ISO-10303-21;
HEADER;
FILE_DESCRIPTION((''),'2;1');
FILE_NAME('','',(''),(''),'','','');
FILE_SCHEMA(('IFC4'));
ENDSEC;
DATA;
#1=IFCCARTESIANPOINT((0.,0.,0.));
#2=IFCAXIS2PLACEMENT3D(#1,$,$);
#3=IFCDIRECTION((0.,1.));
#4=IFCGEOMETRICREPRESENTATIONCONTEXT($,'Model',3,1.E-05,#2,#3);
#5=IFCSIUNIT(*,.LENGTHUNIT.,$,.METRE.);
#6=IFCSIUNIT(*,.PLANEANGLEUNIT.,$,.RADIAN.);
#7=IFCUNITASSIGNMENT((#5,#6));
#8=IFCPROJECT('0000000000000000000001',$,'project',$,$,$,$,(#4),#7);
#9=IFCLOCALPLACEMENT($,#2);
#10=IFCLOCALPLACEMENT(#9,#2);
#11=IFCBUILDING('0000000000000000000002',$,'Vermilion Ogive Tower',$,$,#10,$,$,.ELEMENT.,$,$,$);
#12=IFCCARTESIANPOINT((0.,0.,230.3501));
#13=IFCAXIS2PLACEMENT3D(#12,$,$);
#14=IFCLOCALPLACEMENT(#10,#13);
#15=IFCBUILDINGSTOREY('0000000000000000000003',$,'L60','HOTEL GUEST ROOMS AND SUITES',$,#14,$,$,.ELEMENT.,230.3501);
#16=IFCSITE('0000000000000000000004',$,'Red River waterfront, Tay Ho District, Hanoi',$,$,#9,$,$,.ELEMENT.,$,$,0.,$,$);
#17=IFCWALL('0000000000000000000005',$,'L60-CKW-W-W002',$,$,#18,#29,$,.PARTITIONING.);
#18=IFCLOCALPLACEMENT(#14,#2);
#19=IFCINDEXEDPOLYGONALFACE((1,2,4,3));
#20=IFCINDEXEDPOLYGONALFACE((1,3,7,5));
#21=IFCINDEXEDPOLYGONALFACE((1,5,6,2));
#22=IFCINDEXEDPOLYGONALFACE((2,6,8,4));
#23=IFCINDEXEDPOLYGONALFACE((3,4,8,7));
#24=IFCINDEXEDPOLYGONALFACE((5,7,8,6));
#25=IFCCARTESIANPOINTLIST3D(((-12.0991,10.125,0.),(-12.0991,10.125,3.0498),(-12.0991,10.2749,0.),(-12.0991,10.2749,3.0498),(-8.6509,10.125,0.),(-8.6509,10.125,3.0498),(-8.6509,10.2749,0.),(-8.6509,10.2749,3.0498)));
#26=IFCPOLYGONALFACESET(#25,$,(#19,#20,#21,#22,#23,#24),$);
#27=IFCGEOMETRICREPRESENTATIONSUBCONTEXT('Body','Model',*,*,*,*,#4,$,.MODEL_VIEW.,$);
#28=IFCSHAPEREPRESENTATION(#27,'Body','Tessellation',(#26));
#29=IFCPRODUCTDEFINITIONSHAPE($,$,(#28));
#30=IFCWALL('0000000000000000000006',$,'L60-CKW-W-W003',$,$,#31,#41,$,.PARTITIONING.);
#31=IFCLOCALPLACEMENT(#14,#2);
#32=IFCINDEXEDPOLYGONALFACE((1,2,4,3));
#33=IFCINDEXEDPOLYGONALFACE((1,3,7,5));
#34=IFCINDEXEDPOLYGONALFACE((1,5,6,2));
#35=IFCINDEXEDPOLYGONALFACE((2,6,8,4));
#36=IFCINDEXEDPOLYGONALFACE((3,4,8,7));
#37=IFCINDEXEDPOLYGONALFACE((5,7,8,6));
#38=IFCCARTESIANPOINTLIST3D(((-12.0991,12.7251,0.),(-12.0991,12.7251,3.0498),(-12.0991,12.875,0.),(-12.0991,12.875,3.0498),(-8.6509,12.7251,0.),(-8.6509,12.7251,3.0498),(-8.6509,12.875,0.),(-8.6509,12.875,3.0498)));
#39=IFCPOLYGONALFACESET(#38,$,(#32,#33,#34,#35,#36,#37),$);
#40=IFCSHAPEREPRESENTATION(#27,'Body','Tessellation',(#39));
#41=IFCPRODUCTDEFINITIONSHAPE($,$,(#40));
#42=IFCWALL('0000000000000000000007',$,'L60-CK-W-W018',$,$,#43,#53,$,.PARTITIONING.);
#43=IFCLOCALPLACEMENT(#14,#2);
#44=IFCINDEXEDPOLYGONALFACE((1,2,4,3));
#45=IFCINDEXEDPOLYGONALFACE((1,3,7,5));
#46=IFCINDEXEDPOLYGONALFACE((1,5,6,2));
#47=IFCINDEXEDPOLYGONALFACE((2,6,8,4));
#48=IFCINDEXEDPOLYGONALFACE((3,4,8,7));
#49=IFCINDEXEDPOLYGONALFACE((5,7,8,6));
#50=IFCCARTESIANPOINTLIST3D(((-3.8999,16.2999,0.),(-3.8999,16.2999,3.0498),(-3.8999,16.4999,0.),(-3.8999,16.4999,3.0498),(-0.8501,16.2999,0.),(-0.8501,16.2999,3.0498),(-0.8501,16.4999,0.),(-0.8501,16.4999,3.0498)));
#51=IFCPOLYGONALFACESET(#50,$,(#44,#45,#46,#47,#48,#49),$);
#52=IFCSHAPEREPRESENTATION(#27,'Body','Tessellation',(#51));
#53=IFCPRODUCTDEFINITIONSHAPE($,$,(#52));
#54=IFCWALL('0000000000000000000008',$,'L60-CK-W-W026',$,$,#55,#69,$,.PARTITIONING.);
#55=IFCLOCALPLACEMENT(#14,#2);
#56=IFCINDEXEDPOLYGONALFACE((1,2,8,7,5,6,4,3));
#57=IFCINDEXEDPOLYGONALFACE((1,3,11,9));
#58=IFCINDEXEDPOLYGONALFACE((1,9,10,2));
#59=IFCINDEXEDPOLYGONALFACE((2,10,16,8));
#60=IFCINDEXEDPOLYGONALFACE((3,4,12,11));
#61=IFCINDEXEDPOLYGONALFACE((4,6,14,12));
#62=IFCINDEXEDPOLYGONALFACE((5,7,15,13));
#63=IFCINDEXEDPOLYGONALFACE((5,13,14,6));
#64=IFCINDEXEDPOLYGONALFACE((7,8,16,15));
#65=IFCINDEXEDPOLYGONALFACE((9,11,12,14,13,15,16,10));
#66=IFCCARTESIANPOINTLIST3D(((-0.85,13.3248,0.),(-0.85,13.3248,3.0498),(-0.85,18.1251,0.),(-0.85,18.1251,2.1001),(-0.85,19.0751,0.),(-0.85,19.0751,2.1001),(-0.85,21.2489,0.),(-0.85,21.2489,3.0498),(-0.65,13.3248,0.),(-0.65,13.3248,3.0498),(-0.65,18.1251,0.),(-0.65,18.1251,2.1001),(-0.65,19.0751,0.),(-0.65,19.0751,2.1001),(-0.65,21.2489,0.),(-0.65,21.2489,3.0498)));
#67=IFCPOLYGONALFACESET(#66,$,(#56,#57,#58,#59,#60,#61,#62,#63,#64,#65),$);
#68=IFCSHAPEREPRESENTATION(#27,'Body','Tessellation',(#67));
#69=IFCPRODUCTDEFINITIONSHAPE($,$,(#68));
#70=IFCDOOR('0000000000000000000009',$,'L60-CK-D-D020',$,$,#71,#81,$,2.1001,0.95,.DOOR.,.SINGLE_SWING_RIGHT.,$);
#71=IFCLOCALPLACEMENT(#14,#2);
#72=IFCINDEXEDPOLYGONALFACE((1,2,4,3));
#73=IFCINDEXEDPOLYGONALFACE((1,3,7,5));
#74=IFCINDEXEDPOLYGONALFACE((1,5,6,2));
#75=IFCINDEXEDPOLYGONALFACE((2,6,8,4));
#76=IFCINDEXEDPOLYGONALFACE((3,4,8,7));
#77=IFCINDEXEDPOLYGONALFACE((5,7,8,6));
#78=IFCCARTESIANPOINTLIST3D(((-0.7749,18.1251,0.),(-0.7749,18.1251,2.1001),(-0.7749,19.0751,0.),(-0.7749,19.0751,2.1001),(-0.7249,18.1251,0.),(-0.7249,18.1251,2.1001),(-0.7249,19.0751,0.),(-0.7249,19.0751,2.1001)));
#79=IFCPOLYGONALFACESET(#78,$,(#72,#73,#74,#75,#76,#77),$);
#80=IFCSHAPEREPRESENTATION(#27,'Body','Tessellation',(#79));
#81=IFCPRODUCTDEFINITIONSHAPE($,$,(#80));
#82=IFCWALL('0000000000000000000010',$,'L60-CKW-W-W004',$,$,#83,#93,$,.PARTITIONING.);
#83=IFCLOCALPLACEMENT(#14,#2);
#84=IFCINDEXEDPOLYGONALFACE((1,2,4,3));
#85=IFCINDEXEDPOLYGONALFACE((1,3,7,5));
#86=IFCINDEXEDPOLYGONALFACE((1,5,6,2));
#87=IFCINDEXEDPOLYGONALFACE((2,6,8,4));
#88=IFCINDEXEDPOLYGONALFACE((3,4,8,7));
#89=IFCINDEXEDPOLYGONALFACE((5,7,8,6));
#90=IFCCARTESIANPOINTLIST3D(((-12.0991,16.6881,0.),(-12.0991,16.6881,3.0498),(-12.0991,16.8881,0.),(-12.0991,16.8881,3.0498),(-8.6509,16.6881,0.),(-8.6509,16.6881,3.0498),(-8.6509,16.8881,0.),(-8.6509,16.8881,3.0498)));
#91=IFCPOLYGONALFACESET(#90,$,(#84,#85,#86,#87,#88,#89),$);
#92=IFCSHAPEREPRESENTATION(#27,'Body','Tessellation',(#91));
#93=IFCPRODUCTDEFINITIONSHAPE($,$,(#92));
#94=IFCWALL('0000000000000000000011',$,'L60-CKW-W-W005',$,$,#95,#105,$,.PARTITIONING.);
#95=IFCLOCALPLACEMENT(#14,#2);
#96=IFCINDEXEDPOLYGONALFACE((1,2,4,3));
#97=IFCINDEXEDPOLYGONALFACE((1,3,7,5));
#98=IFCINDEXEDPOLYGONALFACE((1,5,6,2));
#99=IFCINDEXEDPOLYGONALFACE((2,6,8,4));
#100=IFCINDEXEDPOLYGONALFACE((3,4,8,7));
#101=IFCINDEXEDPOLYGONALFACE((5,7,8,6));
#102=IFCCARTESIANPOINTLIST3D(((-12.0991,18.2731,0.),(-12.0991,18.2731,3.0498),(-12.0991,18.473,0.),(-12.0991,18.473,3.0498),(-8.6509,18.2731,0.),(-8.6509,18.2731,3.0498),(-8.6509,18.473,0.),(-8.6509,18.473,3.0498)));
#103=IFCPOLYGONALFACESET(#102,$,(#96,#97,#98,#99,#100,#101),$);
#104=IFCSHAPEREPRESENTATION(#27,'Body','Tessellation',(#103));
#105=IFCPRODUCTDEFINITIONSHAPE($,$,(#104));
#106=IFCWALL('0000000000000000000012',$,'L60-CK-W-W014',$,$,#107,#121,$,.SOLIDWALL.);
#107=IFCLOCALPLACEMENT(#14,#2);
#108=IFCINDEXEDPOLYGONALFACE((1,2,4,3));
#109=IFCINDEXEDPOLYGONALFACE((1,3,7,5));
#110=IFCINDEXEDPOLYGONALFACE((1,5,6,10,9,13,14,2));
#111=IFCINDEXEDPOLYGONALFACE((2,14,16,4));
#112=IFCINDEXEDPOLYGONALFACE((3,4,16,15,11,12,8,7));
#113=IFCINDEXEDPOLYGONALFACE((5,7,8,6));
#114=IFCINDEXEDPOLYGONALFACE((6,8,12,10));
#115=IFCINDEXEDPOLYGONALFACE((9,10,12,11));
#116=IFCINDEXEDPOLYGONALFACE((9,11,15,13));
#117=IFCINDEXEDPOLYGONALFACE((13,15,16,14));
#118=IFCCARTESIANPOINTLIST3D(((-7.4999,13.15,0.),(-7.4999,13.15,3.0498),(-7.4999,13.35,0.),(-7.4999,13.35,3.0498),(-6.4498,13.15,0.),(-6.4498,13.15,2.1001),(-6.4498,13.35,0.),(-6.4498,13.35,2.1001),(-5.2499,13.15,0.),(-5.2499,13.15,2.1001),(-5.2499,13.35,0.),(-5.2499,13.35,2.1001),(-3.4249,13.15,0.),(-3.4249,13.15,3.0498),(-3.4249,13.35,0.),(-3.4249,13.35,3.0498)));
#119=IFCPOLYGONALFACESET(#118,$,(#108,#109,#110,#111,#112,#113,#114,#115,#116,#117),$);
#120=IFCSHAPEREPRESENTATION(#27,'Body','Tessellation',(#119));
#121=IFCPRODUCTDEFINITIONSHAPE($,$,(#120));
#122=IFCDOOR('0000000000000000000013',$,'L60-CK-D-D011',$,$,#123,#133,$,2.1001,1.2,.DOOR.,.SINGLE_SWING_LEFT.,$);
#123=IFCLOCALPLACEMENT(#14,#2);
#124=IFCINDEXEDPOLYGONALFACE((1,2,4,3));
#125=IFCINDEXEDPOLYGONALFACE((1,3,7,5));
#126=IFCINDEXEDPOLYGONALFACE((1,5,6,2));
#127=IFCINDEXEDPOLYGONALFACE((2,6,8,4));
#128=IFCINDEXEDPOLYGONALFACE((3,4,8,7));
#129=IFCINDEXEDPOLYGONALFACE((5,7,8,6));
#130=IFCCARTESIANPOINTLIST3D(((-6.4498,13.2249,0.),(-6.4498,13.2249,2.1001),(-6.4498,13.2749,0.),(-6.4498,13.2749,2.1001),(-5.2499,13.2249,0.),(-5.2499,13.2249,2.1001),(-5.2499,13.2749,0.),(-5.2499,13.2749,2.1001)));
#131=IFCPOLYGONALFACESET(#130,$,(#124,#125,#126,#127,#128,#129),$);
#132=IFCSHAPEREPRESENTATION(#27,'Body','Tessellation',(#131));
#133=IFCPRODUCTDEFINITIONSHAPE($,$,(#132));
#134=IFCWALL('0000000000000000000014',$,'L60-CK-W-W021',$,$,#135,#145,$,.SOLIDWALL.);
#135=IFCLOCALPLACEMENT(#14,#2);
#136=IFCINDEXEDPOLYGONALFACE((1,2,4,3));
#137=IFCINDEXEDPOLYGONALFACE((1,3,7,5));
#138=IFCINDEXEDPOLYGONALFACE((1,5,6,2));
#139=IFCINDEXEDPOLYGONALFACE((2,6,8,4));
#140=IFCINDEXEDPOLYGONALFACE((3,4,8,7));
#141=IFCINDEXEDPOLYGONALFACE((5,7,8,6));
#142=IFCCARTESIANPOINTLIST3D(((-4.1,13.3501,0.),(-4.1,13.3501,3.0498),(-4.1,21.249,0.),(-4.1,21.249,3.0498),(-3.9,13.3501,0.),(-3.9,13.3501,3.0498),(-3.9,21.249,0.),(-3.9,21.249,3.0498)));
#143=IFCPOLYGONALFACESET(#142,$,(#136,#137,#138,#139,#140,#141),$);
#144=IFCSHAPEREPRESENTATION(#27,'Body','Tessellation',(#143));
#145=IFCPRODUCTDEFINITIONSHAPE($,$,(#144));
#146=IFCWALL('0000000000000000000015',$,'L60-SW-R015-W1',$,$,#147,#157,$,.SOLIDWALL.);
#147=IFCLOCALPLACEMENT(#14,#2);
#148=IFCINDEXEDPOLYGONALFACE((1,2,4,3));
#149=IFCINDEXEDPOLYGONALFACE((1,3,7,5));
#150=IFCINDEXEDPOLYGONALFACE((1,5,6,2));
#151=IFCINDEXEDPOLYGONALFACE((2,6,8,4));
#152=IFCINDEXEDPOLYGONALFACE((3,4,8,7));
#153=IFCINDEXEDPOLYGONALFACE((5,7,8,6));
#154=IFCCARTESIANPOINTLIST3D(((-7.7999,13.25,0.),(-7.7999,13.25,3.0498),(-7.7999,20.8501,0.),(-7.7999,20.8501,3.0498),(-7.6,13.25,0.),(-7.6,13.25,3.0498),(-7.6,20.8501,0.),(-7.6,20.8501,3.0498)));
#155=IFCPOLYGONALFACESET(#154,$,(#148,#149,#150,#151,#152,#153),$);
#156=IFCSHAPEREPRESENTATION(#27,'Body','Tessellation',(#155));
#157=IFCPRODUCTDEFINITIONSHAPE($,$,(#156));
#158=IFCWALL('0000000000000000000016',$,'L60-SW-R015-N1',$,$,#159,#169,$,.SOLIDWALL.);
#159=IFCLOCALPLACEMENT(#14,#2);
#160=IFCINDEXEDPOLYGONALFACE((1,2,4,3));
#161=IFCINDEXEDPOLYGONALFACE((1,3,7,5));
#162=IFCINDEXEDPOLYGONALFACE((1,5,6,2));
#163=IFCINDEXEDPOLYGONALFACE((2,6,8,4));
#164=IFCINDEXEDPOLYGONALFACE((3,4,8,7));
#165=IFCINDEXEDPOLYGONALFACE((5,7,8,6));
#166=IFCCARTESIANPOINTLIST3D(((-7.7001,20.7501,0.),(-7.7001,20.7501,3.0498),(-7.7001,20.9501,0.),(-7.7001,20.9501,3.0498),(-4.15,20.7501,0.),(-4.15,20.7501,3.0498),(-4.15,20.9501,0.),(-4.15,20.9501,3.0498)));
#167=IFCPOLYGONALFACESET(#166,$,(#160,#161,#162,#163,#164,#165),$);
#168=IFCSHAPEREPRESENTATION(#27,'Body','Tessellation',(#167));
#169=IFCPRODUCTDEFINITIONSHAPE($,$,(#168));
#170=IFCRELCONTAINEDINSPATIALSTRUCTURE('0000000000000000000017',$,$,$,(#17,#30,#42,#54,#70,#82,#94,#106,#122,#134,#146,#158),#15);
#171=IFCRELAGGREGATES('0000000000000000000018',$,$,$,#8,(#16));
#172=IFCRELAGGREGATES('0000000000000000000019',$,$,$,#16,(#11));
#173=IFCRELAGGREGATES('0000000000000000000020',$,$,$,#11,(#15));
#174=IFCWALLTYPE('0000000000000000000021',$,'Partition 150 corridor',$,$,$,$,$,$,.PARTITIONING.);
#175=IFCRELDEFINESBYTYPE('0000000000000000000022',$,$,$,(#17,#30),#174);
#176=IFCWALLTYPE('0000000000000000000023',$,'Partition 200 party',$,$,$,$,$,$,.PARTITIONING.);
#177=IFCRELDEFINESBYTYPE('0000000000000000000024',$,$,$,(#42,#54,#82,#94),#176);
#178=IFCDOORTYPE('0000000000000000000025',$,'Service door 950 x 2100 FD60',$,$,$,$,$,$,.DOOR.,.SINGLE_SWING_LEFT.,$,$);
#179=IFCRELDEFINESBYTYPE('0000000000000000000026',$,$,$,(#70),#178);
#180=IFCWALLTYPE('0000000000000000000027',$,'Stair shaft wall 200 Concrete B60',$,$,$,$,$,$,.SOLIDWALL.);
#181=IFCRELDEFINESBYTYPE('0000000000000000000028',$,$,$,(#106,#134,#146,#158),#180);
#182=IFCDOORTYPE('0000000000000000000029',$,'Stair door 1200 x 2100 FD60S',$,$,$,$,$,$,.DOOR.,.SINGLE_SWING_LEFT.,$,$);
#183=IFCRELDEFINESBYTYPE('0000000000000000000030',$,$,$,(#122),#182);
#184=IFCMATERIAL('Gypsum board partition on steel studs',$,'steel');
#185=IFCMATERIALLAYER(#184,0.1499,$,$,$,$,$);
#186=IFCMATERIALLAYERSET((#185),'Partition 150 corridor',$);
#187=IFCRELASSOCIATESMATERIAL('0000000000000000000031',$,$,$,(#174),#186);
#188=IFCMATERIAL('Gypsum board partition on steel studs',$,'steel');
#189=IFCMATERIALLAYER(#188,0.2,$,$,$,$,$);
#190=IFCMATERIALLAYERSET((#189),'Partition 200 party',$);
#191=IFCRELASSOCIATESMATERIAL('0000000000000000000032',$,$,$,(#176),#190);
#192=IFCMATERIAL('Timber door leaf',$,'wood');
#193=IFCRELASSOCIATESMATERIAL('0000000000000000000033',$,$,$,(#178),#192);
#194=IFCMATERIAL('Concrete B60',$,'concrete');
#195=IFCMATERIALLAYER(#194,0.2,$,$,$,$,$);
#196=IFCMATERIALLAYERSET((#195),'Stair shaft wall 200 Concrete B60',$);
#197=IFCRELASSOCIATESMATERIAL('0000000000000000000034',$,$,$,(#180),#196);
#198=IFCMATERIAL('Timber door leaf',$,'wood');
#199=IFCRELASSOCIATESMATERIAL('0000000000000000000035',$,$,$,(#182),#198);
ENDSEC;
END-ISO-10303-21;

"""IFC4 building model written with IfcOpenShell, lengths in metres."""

from ifc_helpers import new_model, si_unit, direction, frame, frame_2d, origin, place, context, subcontext, project, spatial, rectangle, extrude, material, layer, layer_set, type_object, element, fill, save


model = new_model("IFC4")

# Units and contexts
model_context = context("Model", 3, precision=1e-05, world=origin(), true_north=direction((0.0, 1.0)))
body_context = subcontext(model_context, "Body", "Model", "MODEL_VIEW")
ifc_project = project(units=[si_unit("LENGTHUNIT", "METRE"), si_unit("PLANEANGLEUNIT", "RADIAN")], contexts=[model_context])

# Site, building, storey
site_placement = place(None, origin())
site = spatial("IfcSite", under=ifc_project, at=site_placement, Name="Red River waterfront, Tay Ho District, Hanoi", CompositionType="ELEMENT", RefElevation=0.0)
building_placement = place(site_placement, origin())
building = spatial("IfcBuilding", under=site, at=building_placement, Name="Vermilion Ogive Tower", CompositionType="ELEMENT")
storey_placement = place(building_placement, frame((0.0, 0.0, 230.3501)))
storey = spatial("IfcBuildingStorey", under=building, at=storey_placement, Name="L60", Description="HOTEL GUEST ROOMS AND SUITES", CompositionType="ELEMENT", Elevation=230.3501)

# Shared definitions
ifc_material_1 = material(Name="Gypsum board partition on steel studs", Category="steel")
ifc_layer_1 = layer(ifc_material_1, 0.1499)
ifc_layer_set_1 = layer_set([ifc_layer_1], Name="Partition 150 corridor")
wall_type_1 = type_object("IfcWallType", Name="Partition 150 corridor", PredefinedType="PARTITIONING", material=ifc_layer_set_1)

# Walls
for number, where, z_axis, x_axis, name in (
    (1, (-12.0991, 10.2, 0.0), (0.0, 0.0, 1.0), (1.0, 0.0, 0.0), "L60-CKW-W-W002"),
    (2, (-12.0991, 12.8, 0.0), (0.0, 0.0, 1.0), (1.0, 0.0, 0.0), "L60-CKW-W-W003"),
):
    element("IfcWall", number, at=place(storey_placement, frame(where, z_axis=z_axis, x_axis=x_axis)), inside=storey, type_object=wall_type_1, Name=name, PredefinedType="PARTITIONING", context=body_context, shape_type="SweptSolid", body=[
        extrude(rectangle(XDim=3.4482, YDim=0.1499, at=frame_2d((1.7241, 0.0))), origin(), (0.0, 0.0, 1.0), 3.0498),
    ])
ifc_material_2 = material(Name="Gypsum board partition on steel studs", Category="steel")
ifc_layer_2 = layer(ifc_material_2, 0.2)
ifc_layer_set_2 = layer_set([ifc_layer_2], Name="Partition 200 party")
wall_type_2 = type_object("IfcWallType", Name="Partition 200 party", PredefinedType="PARTITIONING", material=ifc_layer_set_2)
wall_1_placement = place(storey_placement, frame((-3.8999, 16.3999, 0.0), z_axis=(0.0, 0.0, 1.0), x_axis=(1.0, 0.0, 0.0)))
element("IfcWall", 3, at=wall_1_placement, inside=storey, type_object=wall_type_2, Name="L60-CK-W-W018", PredefinedType="PARTITIONING", context=body_context, shape_type="SweptSolid", body=[
    extrude(rectangle(XDim=3.0498, YDim=0.2, at=frame_2d((1.5249, 0.0))), origin(), (0.0, 0.0, 1.0), 3.0498),
])

# Wall, opening, door
wall_2_placement = place(storey_placement, frame((-0.75, 13.325, 0.0), z_axis=(0.0, 0.0, 1.0), x_axis=(0.0, 1.0, 0.0)))
wall_2 = element("IfcWall", 4, at=wall_2_placement, inside=storey, type_object=wall_type_2, Name="L60-CK-W-W026", PredefinedType="PARTITIONING", context=body_context, shape_type="SweptSolid", body=[
    extrude(rectangle(XDim=7.9241, YDim=0.2, at=frame_2d((3.9619, 0.0))), origin(), (0.0, 0.0, 1.0), 3.0498),
])
opening_1_placement = place(wall_2_placement, frame((4.8, 0.0, 0.0)))
opening_1 = element("IfcOpeningElement", 5, at=opening_1_placement, cuts=wall_2, PredefinedType="OPENING", context=body_context, shape_type="SweptSolid", body=[
    extrude(rectangle(XDim=0.95, YDim=2.1001, at=frame_2d((0.4751, 1.05))), frame((0.0, 0.1099, 0.0), z_axis=(0.0, -1.0, 0.0), x_axis=(1.0, 0.0, 0.0)), (0.0, 0.0, 1.0), 0.22),
])
ifc_material_3 = material(Name="Timber door leaf", Category="wood")
door_type_1 = type_object("IfcDoorType", Name="Service door 950 x 2100 FD60", OperationType="SINGLE_SWING_LEFT", PredefinedType="DOOR", material=ifc_material_3)
door_1_placement = place(opening_1_placement, origin())
door_1 = element("IfcDoor", 6, at=door_1_placement, inside=storey, type_object=door_type_1, Name="L60-CK-D-D020", OperationType="SINGLE_SWING_RIGHT", OverallHeight=2.1001, OverallWidth=0.95, PredefinedType="DOOR", context=body_context, shape_type="SweptSolid", body=[
    extrude(rectangle(XDim=0.95, YDim=2.1001, at=frame_2d((0.4751, 1.05))), frame((0.0, 0.0249, 0.0), z_axis=(0.0, -1.0, 0.0), x_axis=(1.0, 0.0, 0.0)), (0.0, 0.0, 1.0), 0.05),
])
fill(opening_1, door_1)

# Walls
for number, where, z_axis, x_axis, name in (
    (7, (-12.0991, 16.7881, 0.0), (0.0, 0.0, 1.0), (1.0, 0.0, 0.0), "L60-CKW-W-W004"),
    (8, (-12.0991, 18.373, 0.0), (0.0, 0.0, 1.0), (1.0, 0.0, 0.0), "L60-CKW-W-W005"),
):
    element("IfcWall", number, at=place(storey_placement, frame(where, z_axis=z_axis, x_axis=x_axis)), inside=storey, type_object=wall_type_2, Name=name, PredefinedType="PARTITIONING", context=body_context, shape_type="SweptSolid", body=[
        extrude(rectangle(XDim=3.4482, YDim=0.2, at=frame_2d((1.7241, 0.0))), origin(), (0.0, 0.0, 1.0), 3.0498),
    ])

# Wall, opening, door
ifc_material_4 = material(Name="Concrete B60", Category="concrete")
ifc_layer_3 = layer(ifc_material_4, 0.2)
ifc_layer_set_3 = layer_set([ifc_layer_3], Name="Stair shaft wall 200 Concrete B60")
wall_type_3 = type_object("IfcWallType", Name="Stair shaft wall 200 Concrete B60", PredefinedType="SOLIDWALL", material=ifc_layer_set_3)
wall_3_placement = place(storey_placement, frame((-7.5, 13.25, 0.0), z_axis=(0.0, 0.0, 1.0), x_axis=(1.0, 0.0, 0.0)))
wall_3 = element("IfcWall", 9, at=wall_3_placement, inside=storey, type_object=wall_type_3, Name="L60-CK-W-W014", PredefinedType="SOLIDWALL", context=body_context, shape_type="SweptSolid", body=[
    extrude(rectangle(XDim=4.075, YDim=0.2, at=frame_2d((2.0376, 0.0))), origin(), (0.0, 0.0, 1.0), 3.0498),
])
opening_2_placement = place(wall_3_placement, frame((1.05, 0.0, 0.0)))
opening_2 = element("IfcOpeningElement", 10, at=opening_2_placement, cuts=wall_3, PredefinedType="OPENING", context=body_context, shape_type="SweptSolid", body=[
    extrude(rectangle(XDim=1.2, YDim=2.1001, at=frame_2d((0.6001, 1.05))), frame((0.0, 0.1099, 0.0), z_axis=(0.0, -1.0, 0.0), x_axis=(1.0, 0.0, 0.0)), (0.0, 0.0, 1.0), 0.22),
])
ifc_material_5 = material(Name="Timber door leaf", Category="wood")
door_type_2 = type_object("IfcDoorType", Name="Stair door 1200 x 2100 FD60S", OperationType="SINGLE_SWING_LEFT", PredefinedType="DOOR", material=ifc_material_5)
door_2_placement = place(opening_2_placement, origin())
door_2 = element("IfcDoor", 11, at=door_2_placement, inside=storey, type_object=door_type_2, Name="L60-CK-D-D011", OperationType="SINGLE_SWING_LEFT", OverallHeight=2.1001, OverallWidth=1.2, PredefinedType="DOOR", context=body_context, shape_type="SweptSolid", body=[
    extrude(rectangle(XDim=1.2, YDim=2.1001, at=frame_2d((0.6001, 1.05))), frame((0.0, 0.0249, 0.0), z_axis=(0.0, -1.0, 0.0), x_axis=(1.0, 0.0, 0.0)), (0.0, 0.0, 1.0), 0.05),
])
fill(opening_2, door_2)

# Walls
wall_4_placement = place(storey_placement, frame((-4.0, 13.3501, 0.0), z_axis=(0.0, 0.0, 1.0), x_axis=(0.0, 1.0, 0.0)))
element("IfcWall", 12, at=wall_4_placement, inside=storey, type_object=wall_type_3, Name="L60-CK-W-W021", PredefinedType="SOLIDWALL", context=body_context, shape_type="SweptSolid", body=[
    extrude(rectangle(XDim=7.8989, YDim=0.2, at=frame_2d((3.9495, 0.0))), origin(), (0.0, 0.0, 1.0), 3.0498),
])
wall_5_placement = place(storey_placement, frame((-7.7, 13.25, 0.0), z_axis=(0.0, 0.0, 1.0), x_axis=(0.0, 1.0, 0.0)))
element("IfcWall", 13, at=wall_5_placement, inside=storey, type_object=wall_type_3, Name="L60-SW-R015-W1", PredefinedType="SOLIDWALL", context=body_context, shape_type="SweptSolid", body=[
    extrude(rectangle(XDim=7.6001, YDim=0.2, at=frame_2d((3.8, 0.0))), origin(), (0.0, 0.0, 1.0), 3.0498),
])
wall_6_placement = place(storey_placement, frame((-7.7, 20.8501, 0.0), z_axis=(0.0, 0.0, 1.0), x_axis=(1.0, 0.0, 0.0)))
element("IfcWall", 14, at=wall_6_placement, inside=storey, type_object=wall_type_3, Name="L60-SW-R015-N1", PredefinedType="SOLIDWALL", context=body_context, shape_type="SweptSolid", body=[
    extrude(rectangle(XDim=3.55, YDim=0.2, at=frame_2d((1.7749, 0.0))), origin(), (0.0, 0.0, 1.0), 3.0498),
])

save(model, "model.ifc")
